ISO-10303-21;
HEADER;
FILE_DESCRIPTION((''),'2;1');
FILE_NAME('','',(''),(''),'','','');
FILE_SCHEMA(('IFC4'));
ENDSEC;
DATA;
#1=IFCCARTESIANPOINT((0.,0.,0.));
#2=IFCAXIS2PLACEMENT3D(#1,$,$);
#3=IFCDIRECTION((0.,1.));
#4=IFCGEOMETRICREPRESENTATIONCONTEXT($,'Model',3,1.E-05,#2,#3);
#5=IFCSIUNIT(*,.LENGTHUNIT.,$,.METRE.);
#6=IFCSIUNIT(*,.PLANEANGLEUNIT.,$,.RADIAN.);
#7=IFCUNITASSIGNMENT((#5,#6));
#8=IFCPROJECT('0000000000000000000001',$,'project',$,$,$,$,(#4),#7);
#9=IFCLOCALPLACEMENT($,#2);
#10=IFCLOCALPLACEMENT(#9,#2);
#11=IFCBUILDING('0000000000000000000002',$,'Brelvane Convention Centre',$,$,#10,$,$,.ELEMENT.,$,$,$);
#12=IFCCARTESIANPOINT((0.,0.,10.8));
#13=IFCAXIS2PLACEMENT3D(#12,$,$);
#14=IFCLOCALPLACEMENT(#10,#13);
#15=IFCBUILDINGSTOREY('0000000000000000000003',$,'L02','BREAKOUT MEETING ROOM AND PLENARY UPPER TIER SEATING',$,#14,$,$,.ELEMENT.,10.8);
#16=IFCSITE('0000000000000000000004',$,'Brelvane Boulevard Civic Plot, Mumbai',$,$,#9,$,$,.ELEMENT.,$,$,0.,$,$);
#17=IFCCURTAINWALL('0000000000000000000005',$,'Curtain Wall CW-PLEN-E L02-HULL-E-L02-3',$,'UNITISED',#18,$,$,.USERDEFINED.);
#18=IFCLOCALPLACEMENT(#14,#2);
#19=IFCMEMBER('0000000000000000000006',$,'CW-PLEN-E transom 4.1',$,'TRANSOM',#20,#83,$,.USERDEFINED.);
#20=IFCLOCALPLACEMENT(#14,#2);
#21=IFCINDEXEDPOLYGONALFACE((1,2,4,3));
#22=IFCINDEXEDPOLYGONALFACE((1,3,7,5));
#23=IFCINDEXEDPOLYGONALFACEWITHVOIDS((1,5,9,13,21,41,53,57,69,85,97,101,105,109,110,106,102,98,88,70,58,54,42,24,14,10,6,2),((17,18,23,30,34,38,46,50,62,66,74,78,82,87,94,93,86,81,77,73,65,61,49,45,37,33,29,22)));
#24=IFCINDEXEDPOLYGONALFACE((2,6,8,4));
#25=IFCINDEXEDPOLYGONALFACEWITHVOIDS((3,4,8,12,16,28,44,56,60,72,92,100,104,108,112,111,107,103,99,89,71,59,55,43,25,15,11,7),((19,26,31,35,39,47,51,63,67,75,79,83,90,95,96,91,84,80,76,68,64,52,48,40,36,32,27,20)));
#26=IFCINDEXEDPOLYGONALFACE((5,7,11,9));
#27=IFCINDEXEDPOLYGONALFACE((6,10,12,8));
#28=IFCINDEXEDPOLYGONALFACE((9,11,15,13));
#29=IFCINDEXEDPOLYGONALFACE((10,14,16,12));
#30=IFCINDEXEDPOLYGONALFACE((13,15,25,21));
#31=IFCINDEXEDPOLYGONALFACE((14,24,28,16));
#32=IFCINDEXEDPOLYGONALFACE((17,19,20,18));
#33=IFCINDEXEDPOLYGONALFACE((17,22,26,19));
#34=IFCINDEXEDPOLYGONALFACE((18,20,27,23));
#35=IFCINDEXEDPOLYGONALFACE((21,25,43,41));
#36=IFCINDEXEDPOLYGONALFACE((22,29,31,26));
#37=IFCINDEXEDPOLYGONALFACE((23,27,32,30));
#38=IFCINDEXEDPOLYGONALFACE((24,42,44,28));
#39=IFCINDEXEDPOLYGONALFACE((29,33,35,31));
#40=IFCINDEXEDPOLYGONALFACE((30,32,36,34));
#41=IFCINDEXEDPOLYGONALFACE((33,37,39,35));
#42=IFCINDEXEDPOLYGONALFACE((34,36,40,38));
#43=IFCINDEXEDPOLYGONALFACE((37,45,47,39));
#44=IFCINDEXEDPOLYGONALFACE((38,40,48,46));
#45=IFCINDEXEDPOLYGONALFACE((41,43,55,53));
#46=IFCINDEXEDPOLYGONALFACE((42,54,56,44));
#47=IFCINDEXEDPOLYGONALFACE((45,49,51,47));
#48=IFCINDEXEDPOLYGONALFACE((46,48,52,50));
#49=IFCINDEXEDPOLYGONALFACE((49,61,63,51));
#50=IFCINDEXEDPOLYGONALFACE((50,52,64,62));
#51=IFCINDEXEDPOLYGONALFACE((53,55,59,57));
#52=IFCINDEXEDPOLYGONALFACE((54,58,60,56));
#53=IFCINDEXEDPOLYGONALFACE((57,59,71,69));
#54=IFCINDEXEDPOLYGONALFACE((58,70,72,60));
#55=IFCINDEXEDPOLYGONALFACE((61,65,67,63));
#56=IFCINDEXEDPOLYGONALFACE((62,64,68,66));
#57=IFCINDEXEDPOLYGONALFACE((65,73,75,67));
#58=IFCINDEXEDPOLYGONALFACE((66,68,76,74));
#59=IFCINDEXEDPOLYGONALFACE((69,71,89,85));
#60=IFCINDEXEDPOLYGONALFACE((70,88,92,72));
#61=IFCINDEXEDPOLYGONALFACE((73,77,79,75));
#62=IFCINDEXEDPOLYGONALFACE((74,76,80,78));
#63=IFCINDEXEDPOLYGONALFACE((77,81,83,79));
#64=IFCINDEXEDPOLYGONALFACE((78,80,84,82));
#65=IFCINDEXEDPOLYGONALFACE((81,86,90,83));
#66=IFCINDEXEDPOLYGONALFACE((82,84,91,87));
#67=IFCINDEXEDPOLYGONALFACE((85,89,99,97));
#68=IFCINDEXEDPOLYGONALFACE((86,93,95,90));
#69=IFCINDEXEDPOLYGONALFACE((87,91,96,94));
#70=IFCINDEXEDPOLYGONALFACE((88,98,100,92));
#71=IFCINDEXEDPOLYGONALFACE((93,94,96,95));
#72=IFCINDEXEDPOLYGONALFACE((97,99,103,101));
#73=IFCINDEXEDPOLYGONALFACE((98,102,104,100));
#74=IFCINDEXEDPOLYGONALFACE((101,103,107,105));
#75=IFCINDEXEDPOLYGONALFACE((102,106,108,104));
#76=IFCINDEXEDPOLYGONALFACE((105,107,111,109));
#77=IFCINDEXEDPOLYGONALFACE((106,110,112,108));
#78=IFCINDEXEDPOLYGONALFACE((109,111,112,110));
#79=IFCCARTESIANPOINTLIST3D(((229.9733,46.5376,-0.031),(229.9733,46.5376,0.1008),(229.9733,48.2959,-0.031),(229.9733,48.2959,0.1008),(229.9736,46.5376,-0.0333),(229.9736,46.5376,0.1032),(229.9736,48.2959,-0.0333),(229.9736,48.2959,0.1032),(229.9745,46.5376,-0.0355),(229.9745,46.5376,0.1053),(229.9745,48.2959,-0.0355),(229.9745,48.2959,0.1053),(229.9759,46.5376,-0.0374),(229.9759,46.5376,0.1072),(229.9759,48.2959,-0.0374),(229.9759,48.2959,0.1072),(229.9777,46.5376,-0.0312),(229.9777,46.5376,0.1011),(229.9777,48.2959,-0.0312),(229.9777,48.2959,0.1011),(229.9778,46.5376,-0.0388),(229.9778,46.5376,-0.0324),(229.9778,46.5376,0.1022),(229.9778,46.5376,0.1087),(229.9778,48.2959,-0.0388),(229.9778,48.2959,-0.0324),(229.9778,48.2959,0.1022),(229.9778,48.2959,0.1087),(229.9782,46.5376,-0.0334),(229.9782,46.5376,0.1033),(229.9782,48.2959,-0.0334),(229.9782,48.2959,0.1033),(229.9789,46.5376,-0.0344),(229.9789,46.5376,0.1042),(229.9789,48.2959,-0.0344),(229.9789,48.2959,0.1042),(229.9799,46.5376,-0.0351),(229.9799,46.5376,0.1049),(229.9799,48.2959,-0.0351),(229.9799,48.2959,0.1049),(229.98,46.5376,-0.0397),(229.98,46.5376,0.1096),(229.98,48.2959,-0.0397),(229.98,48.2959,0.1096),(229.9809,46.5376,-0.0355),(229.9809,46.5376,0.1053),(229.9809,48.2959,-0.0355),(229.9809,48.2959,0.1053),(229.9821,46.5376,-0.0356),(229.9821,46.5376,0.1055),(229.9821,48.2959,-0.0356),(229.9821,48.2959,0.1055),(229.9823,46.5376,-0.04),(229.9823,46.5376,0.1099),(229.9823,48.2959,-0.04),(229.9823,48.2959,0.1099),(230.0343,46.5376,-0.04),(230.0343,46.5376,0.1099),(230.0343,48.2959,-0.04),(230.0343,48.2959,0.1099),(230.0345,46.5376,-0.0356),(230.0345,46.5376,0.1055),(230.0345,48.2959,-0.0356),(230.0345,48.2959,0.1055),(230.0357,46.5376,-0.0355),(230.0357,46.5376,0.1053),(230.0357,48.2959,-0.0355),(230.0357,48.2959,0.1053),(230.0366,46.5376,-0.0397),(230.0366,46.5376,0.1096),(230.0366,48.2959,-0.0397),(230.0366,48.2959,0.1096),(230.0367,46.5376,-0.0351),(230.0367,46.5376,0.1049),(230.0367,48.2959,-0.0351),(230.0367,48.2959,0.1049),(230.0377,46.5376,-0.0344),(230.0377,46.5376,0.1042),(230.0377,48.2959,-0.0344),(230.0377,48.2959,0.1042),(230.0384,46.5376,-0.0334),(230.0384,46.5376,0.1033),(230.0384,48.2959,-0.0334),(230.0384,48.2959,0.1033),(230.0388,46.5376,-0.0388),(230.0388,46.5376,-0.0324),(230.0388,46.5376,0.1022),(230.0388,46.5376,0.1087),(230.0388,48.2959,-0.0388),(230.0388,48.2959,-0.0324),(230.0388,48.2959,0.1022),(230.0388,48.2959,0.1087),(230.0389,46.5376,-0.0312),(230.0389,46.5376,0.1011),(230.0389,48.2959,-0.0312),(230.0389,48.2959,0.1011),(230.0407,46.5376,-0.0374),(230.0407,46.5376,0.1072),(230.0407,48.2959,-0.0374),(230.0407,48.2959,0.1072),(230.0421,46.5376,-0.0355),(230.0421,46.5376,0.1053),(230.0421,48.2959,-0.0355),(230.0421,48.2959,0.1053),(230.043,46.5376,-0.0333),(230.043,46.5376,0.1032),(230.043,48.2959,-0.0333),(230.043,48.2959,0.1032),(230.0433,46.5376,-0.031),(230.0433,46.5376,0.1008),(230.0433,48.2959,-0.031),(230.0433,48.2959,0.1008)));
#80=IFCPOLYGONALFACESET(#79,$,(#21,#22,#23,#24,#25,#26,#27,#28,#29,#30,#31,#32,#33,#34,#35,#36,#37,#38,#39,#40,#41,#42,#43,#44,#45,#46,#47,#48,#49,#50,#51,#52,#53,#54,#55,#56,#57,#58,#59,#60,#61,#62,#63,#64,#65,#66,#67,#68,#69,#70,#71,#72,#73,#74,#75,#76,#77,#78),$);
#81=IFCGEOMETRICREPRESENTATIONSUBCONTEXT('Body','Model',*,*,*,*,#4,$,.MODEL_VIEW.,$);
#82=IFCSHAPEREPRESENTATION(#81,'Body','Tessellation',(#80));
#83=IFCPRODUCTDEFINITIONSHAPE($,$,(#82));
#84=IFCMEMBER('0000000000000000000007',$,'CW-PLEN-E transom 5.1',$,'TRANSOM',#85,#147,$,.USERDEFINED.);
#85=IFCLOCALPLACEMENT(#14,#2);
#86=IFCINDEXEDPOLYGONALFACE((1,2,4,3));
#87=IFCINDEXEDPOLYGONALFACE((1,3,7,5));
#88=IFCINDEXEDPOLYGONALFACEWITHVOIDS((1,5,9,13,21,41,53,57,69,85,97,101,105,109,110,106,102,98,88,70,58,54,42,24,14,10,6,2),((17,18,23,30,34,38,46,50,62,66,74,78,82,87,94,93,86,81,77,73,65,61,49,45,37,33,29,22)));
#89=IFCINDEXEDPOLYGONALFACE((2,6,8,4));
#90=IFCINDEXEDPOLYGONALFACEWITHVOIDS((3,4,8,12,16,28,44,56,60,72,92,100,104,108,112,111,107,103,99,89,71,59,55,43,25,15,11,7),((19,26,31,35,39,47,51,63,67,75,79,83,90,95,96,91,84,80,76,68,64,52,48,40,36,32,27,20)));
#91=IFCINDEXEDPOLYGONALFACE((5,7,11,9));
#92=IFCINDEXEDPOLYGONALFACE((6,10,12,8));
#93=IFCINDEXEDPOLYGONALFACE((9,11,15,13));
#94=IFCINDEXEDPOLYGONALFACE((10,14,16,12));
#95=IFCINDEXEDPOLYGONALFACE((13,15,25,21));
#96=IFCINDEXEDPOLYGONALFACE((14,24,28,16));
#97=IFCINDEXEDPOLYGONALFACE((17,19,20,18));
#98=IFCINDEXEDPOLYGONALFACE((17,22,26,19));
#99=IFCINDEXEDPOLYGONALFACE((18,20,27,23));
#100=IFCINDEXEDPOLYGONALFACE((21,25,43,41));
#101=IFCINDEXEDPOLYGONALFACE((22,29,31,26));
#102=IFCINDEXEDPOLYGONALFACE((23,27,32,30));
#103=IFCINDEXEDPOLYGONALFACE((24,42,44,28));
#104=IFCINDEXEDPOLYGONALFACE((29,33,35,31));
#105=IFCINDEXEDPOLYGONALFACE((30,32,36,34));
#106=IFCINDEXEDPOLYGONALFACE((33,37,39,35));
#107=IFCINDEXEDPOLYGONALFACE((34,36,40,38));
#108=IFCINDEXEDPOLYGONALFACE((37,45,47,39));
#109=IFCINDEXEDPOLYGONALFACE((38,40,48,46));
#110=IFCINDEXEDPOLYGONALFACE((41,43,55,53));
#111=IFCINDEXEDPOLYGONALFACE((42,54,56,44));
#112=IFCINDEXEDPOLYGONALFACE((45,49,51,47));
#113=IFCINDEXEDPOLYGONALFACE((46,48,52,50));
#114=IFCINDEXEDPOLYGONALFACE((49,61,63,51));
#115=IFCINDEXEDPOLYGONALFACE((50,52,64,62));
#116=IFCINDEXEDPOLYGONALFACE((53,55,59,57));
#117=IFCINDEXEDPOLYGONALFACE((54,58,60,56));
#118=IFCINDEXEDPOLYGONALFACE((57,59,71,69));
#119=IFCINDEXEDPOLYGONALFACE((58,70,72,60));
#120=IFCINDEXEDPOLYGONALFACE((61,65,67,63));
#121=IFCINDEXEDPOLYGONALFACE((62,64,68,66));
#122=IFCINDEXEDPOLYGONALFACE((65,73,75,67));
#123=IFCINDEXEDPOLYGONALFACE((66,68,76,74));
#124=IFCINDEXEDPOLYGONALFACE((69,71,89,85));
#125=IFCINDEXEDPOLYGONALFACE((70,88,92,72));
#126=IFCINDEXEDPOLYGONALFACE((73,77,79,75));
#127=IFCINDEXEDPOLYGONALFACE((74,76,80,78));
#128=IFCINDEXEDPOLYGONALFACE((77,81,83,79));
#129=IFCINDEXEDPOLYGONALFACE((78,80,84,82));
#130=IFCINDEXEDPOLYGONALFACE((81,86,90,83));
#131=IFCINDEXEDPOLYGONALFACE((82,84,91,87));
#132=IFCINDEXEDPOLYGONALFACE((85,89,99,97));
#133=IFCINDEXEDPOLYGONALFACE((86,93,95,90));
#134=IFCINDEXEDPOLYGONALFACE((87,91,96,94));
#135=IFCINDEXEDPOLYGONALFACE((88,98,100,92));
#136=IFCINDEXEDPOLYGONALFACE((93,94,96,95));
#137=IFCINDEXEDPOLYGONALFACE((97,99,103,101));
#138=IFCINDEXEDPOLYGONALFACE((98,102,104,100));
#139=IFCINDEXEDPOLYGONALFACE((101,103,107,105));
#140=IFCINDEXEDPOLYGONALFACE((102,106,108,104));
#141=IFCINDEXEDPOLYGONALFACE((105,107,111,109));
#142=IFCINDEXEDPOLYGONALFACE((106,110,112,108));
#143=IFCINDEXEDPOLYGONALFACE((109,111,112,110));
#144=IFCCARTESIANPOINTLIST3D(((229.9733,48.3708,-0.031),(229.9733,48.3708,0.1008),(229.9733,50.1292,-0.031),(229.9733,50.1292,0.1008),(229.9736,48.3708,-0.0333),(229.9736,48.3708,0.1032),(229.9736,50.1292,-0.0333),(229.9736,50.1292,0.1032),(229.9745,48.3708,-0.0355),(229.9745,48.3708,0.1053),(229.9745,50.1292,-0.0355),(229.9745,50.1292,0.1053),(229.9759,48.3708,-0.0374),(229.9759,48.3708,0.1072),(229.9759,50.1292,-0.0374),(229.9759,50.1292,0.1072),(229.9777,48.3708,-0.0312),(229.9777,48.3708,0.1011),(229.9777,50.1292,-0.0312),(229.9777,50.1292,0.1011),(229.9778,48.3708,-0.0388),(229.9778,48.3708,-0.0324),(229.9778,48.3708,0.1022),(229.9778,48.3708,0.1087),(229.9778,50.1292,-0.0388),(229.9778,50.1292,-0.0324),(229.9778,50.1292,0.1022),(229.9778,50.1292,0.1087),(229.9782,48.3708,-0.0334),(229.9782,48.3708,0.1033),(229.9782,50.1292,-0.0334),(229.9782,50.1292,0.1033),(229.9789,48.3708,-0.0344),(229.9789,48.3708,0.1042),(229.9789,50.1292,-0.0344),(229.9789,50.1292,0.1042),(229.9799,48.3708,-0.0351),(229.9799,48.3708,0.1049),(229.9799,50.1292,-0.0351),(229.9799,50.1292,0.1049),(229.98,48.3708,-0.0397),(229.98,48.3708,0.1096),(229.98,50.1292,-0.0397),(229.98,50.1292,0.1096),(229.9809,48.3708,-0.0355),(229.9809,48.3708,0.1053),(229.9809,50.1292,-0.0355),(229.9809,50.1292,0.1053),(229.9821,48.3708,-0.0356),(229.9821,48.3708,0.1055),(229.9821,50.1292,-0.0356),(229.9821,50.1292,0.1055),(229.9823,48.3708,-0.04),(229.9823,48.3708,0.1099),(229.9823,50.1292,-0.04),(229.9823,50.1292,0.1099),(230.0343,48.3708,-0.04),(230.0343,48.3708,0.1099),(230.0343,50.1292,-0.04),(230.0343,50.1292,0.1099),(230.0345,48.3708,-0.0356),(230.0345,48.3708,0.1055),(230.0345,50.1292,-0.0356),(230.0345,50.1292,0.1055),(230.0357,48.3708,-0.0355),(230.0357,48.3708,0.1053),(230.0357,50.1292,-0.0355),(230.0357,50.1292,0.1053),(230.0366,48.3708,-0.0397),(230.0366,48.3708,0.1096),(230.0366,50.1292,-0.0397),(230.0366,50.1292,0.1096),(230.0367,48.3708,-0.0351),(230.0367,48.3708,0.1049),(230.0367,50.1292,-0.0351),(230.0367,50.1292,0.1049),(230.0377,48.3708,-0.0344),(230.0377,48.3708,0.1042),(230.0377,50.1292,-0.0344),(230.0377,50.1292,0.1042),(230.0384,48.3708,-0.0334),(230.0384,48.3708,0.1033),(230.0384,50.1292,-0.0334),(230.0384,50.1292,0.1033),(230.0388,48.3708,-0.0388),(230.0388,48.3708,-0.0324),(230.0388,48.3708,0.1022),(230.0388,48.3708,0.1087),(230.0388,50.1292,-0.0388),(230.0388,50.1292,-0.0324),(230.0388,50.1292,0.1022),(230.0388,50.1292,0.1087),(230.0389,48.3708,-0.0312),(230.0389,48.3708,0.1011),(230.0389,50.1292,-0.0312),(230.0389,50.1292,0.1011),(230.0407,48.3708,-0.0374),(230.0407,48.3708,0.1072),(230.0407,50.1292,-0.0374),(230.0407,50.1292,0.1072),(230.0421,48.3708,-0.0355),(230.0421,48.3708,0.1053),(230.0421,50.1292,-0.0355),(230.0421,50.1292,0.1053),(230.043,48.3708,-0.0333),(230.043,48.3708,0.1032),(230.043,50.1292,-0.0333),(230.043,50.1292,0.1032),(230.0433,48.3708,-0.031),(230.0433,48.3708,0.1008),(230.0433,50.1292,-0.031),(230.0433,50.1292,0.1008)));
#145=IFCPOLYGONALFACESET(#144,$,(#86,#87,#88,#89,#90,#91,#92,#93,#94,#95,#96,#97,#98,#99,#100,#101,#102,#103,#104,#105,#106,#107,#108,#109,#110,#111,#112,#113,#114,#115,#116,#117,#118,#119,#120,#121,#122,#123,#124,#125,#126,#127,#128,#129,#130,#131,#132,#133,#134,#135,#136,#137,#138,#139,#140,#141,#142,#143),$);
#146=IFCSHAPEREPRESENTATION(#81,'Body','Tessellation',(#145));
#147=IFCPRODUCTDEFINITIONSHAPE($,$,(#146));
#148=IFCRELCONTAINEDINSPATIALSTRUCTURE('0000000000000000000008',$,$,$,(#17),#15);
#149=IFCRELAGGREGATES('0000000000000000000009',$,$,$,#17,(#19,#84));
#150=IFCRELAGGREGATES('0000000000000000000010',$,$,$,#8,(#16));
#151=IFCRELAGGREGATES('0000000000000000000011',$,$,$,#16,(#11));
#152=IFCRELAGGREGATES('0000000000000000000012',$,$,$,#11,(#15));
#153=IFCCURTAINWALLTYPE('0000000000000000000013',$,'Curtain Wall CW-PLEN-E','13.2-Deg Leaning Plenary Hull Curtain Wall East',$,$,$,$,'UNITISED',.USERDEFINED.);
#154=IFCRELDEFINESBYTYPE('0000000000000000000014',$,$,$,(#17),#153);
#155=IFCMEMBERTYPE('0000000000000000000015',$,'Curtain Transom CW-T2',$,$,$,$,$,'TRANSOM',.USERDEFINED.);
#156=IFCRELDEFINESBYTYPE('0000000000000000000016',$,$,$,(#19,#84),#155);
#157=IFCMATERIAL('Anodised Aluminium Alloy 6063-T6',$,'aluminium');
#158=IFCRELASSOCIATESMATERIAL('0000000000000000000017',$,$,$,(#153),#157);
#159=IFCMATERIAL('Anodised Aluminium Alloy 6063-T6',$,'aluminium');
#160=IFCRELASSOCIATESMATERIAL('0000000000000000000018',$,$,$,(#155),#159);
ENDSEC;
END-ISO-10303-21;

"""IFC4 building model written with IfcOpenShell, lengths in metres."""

from ifc_helpers import new_model, si_unit, direction, frame, origin, origin_2d, place, context, subcontext, project, spatial, hollow_rectangle, extrude, material, material_profile, profile_set, type_object, element, aggregate, save


model = new_model("IFC4")

# Units and contexts
model_context = context("Model", 3, precision=1e-05, world=origin(), true_north=direction((0.0, 1.0)))
body_context = subcontext(model_context, "Body", "Model", "MODEL_VIEW")
ifc_project = project(units=[si_unit("LENGTHUNIT", "METRE"), si_unit("PLANEANGLEUNIT", "RADIAN")], contexts=[model_context])

# Site, building, storey
site_placement = place(None, origin())
site = spatial("IfcSite", under=ifc_project, at=site_placement, Name="Brelvane Boulevard Civic Plot, Mumbai", CompositionType="ELEMENT", RefElevation=0.0)
building_placement = place(site_placement, origin())
building = spatial("IfcBuilding", under=site, at=building_placement, Name="Brelvane Convention Centre", CompositionType="ELEMENT")
storey_placement = place(building_placement, frame((0.0, 0.0, 10.8)))
storey = spatial("IfcBuildingStorey", under=building, at=storey_placement, Name="L02", Description="BREAKOUT MEETING ROOM AND PLENARY UPPER TIER SEATING", CompositionType="ELEMENT", Elevation=10.8)

# Curtain wall
ifc_material_1 = material(Name="Anodised Aluminium Alloy 6063-T6", Category="aluminium")
curtain_wall_type = type_object("IfcCurtainWallType", Name="Curtain Wall CW-PLEN-E", Description="13.2-Deg Leaning Plenary Hull Curtain Wall East", ElementType="UNITISED", PredefinedType="USERDEFINED", material=ifc_material_1)
curtain_wall_1_placement = place(storey_placement, origin())
curtain_wall_1 = element("IfcCurtainWall", 1, at=curtain_wall_1_placement, inside=storey, type_object=curtain_wall_type, Name="Curtain Wall CW-PLEN-E L02-HULL-E-L02-3", ObjectType="UNITISED", PredefinedType="USERDEFINED")

# Members
ifc_material_2 = material(Name="Anodised Aluminium Alloy 6063-T6", Category="aluminium")
ifc_material_profile_1 = material_profile(ifc_material_2, hollow_rectangle(XDim=0.0701, YDim=0.1499, WallThickness=0.0044, InnerFilletRadius=0.0044, OuterFilletRadius=0.009, at=origin_2d()), Name="ALU-T 150x70x4.5")
ifc_profile_set_1 = profile_set([ifc_material_profile_1], Name="Anodised Aluminium Alloy 6063-T6")
member_type_1 = type_object("IfcMemberType", Name="Curtain Transom CW-T2", ElementType="TRANSOM", PredefinedType="USERDEFINED", material=ifc_profile_set_1)
member_1_placement = place(storey_placement, frame((230.0083, 46.5376, 0.0349), z_axis=(0.0, 1.0, 0.0), x_axis=(-1.0, 0.0, 0.0)))
member_1 = element("IfcMember", 2, at=member_1_placement, type_object=member_type_1, Name="CW-PLEN-E transom 4.1", ObjectType="TRANSOM", PredefinedType="USERDEFINED", context=body_context, shape_type="SweptSolid", body=[
    extrude(hollow_rectangle(XDim=0.0701, YDim=0.1499, WallThickness=0.0044, InnerFilletRadius=0.0044, OuterFilletRadius=0.009, at=origin_2d()), origin(), (0.0, 0.0, 1.0), 1.7583),
])
member_2_placement = place(storey_placement, frame((230.0083, 48.3708, 0.0349), z_axis=(0.0, 1.0, 0.0), x_axis=(-1.0, 0.0, 0.0)))
member_2 = element("IfcMember", 3, at=member_2_placement, type_object=member_type_1, Name="CW-PLEN-E transom 5.1", ObjectType="TRANSOM", PredefinedType="USERDEFINED", context=body_context, shape_type="SweptSolid", body=[
    extrude(hollow_rectangle(XDim=0.0701, YDim=0.1499, WallThickness=0.0044, InnerFilletRadius=0.0044, OuterFilletRadius=0.009, at=origin_2d()), origin(), (0.0, 0.0, 1.0), 1.7583),
])
aggregate(curtain_wall_1, [member_1, member_2])

save(model, "model.ifc")
